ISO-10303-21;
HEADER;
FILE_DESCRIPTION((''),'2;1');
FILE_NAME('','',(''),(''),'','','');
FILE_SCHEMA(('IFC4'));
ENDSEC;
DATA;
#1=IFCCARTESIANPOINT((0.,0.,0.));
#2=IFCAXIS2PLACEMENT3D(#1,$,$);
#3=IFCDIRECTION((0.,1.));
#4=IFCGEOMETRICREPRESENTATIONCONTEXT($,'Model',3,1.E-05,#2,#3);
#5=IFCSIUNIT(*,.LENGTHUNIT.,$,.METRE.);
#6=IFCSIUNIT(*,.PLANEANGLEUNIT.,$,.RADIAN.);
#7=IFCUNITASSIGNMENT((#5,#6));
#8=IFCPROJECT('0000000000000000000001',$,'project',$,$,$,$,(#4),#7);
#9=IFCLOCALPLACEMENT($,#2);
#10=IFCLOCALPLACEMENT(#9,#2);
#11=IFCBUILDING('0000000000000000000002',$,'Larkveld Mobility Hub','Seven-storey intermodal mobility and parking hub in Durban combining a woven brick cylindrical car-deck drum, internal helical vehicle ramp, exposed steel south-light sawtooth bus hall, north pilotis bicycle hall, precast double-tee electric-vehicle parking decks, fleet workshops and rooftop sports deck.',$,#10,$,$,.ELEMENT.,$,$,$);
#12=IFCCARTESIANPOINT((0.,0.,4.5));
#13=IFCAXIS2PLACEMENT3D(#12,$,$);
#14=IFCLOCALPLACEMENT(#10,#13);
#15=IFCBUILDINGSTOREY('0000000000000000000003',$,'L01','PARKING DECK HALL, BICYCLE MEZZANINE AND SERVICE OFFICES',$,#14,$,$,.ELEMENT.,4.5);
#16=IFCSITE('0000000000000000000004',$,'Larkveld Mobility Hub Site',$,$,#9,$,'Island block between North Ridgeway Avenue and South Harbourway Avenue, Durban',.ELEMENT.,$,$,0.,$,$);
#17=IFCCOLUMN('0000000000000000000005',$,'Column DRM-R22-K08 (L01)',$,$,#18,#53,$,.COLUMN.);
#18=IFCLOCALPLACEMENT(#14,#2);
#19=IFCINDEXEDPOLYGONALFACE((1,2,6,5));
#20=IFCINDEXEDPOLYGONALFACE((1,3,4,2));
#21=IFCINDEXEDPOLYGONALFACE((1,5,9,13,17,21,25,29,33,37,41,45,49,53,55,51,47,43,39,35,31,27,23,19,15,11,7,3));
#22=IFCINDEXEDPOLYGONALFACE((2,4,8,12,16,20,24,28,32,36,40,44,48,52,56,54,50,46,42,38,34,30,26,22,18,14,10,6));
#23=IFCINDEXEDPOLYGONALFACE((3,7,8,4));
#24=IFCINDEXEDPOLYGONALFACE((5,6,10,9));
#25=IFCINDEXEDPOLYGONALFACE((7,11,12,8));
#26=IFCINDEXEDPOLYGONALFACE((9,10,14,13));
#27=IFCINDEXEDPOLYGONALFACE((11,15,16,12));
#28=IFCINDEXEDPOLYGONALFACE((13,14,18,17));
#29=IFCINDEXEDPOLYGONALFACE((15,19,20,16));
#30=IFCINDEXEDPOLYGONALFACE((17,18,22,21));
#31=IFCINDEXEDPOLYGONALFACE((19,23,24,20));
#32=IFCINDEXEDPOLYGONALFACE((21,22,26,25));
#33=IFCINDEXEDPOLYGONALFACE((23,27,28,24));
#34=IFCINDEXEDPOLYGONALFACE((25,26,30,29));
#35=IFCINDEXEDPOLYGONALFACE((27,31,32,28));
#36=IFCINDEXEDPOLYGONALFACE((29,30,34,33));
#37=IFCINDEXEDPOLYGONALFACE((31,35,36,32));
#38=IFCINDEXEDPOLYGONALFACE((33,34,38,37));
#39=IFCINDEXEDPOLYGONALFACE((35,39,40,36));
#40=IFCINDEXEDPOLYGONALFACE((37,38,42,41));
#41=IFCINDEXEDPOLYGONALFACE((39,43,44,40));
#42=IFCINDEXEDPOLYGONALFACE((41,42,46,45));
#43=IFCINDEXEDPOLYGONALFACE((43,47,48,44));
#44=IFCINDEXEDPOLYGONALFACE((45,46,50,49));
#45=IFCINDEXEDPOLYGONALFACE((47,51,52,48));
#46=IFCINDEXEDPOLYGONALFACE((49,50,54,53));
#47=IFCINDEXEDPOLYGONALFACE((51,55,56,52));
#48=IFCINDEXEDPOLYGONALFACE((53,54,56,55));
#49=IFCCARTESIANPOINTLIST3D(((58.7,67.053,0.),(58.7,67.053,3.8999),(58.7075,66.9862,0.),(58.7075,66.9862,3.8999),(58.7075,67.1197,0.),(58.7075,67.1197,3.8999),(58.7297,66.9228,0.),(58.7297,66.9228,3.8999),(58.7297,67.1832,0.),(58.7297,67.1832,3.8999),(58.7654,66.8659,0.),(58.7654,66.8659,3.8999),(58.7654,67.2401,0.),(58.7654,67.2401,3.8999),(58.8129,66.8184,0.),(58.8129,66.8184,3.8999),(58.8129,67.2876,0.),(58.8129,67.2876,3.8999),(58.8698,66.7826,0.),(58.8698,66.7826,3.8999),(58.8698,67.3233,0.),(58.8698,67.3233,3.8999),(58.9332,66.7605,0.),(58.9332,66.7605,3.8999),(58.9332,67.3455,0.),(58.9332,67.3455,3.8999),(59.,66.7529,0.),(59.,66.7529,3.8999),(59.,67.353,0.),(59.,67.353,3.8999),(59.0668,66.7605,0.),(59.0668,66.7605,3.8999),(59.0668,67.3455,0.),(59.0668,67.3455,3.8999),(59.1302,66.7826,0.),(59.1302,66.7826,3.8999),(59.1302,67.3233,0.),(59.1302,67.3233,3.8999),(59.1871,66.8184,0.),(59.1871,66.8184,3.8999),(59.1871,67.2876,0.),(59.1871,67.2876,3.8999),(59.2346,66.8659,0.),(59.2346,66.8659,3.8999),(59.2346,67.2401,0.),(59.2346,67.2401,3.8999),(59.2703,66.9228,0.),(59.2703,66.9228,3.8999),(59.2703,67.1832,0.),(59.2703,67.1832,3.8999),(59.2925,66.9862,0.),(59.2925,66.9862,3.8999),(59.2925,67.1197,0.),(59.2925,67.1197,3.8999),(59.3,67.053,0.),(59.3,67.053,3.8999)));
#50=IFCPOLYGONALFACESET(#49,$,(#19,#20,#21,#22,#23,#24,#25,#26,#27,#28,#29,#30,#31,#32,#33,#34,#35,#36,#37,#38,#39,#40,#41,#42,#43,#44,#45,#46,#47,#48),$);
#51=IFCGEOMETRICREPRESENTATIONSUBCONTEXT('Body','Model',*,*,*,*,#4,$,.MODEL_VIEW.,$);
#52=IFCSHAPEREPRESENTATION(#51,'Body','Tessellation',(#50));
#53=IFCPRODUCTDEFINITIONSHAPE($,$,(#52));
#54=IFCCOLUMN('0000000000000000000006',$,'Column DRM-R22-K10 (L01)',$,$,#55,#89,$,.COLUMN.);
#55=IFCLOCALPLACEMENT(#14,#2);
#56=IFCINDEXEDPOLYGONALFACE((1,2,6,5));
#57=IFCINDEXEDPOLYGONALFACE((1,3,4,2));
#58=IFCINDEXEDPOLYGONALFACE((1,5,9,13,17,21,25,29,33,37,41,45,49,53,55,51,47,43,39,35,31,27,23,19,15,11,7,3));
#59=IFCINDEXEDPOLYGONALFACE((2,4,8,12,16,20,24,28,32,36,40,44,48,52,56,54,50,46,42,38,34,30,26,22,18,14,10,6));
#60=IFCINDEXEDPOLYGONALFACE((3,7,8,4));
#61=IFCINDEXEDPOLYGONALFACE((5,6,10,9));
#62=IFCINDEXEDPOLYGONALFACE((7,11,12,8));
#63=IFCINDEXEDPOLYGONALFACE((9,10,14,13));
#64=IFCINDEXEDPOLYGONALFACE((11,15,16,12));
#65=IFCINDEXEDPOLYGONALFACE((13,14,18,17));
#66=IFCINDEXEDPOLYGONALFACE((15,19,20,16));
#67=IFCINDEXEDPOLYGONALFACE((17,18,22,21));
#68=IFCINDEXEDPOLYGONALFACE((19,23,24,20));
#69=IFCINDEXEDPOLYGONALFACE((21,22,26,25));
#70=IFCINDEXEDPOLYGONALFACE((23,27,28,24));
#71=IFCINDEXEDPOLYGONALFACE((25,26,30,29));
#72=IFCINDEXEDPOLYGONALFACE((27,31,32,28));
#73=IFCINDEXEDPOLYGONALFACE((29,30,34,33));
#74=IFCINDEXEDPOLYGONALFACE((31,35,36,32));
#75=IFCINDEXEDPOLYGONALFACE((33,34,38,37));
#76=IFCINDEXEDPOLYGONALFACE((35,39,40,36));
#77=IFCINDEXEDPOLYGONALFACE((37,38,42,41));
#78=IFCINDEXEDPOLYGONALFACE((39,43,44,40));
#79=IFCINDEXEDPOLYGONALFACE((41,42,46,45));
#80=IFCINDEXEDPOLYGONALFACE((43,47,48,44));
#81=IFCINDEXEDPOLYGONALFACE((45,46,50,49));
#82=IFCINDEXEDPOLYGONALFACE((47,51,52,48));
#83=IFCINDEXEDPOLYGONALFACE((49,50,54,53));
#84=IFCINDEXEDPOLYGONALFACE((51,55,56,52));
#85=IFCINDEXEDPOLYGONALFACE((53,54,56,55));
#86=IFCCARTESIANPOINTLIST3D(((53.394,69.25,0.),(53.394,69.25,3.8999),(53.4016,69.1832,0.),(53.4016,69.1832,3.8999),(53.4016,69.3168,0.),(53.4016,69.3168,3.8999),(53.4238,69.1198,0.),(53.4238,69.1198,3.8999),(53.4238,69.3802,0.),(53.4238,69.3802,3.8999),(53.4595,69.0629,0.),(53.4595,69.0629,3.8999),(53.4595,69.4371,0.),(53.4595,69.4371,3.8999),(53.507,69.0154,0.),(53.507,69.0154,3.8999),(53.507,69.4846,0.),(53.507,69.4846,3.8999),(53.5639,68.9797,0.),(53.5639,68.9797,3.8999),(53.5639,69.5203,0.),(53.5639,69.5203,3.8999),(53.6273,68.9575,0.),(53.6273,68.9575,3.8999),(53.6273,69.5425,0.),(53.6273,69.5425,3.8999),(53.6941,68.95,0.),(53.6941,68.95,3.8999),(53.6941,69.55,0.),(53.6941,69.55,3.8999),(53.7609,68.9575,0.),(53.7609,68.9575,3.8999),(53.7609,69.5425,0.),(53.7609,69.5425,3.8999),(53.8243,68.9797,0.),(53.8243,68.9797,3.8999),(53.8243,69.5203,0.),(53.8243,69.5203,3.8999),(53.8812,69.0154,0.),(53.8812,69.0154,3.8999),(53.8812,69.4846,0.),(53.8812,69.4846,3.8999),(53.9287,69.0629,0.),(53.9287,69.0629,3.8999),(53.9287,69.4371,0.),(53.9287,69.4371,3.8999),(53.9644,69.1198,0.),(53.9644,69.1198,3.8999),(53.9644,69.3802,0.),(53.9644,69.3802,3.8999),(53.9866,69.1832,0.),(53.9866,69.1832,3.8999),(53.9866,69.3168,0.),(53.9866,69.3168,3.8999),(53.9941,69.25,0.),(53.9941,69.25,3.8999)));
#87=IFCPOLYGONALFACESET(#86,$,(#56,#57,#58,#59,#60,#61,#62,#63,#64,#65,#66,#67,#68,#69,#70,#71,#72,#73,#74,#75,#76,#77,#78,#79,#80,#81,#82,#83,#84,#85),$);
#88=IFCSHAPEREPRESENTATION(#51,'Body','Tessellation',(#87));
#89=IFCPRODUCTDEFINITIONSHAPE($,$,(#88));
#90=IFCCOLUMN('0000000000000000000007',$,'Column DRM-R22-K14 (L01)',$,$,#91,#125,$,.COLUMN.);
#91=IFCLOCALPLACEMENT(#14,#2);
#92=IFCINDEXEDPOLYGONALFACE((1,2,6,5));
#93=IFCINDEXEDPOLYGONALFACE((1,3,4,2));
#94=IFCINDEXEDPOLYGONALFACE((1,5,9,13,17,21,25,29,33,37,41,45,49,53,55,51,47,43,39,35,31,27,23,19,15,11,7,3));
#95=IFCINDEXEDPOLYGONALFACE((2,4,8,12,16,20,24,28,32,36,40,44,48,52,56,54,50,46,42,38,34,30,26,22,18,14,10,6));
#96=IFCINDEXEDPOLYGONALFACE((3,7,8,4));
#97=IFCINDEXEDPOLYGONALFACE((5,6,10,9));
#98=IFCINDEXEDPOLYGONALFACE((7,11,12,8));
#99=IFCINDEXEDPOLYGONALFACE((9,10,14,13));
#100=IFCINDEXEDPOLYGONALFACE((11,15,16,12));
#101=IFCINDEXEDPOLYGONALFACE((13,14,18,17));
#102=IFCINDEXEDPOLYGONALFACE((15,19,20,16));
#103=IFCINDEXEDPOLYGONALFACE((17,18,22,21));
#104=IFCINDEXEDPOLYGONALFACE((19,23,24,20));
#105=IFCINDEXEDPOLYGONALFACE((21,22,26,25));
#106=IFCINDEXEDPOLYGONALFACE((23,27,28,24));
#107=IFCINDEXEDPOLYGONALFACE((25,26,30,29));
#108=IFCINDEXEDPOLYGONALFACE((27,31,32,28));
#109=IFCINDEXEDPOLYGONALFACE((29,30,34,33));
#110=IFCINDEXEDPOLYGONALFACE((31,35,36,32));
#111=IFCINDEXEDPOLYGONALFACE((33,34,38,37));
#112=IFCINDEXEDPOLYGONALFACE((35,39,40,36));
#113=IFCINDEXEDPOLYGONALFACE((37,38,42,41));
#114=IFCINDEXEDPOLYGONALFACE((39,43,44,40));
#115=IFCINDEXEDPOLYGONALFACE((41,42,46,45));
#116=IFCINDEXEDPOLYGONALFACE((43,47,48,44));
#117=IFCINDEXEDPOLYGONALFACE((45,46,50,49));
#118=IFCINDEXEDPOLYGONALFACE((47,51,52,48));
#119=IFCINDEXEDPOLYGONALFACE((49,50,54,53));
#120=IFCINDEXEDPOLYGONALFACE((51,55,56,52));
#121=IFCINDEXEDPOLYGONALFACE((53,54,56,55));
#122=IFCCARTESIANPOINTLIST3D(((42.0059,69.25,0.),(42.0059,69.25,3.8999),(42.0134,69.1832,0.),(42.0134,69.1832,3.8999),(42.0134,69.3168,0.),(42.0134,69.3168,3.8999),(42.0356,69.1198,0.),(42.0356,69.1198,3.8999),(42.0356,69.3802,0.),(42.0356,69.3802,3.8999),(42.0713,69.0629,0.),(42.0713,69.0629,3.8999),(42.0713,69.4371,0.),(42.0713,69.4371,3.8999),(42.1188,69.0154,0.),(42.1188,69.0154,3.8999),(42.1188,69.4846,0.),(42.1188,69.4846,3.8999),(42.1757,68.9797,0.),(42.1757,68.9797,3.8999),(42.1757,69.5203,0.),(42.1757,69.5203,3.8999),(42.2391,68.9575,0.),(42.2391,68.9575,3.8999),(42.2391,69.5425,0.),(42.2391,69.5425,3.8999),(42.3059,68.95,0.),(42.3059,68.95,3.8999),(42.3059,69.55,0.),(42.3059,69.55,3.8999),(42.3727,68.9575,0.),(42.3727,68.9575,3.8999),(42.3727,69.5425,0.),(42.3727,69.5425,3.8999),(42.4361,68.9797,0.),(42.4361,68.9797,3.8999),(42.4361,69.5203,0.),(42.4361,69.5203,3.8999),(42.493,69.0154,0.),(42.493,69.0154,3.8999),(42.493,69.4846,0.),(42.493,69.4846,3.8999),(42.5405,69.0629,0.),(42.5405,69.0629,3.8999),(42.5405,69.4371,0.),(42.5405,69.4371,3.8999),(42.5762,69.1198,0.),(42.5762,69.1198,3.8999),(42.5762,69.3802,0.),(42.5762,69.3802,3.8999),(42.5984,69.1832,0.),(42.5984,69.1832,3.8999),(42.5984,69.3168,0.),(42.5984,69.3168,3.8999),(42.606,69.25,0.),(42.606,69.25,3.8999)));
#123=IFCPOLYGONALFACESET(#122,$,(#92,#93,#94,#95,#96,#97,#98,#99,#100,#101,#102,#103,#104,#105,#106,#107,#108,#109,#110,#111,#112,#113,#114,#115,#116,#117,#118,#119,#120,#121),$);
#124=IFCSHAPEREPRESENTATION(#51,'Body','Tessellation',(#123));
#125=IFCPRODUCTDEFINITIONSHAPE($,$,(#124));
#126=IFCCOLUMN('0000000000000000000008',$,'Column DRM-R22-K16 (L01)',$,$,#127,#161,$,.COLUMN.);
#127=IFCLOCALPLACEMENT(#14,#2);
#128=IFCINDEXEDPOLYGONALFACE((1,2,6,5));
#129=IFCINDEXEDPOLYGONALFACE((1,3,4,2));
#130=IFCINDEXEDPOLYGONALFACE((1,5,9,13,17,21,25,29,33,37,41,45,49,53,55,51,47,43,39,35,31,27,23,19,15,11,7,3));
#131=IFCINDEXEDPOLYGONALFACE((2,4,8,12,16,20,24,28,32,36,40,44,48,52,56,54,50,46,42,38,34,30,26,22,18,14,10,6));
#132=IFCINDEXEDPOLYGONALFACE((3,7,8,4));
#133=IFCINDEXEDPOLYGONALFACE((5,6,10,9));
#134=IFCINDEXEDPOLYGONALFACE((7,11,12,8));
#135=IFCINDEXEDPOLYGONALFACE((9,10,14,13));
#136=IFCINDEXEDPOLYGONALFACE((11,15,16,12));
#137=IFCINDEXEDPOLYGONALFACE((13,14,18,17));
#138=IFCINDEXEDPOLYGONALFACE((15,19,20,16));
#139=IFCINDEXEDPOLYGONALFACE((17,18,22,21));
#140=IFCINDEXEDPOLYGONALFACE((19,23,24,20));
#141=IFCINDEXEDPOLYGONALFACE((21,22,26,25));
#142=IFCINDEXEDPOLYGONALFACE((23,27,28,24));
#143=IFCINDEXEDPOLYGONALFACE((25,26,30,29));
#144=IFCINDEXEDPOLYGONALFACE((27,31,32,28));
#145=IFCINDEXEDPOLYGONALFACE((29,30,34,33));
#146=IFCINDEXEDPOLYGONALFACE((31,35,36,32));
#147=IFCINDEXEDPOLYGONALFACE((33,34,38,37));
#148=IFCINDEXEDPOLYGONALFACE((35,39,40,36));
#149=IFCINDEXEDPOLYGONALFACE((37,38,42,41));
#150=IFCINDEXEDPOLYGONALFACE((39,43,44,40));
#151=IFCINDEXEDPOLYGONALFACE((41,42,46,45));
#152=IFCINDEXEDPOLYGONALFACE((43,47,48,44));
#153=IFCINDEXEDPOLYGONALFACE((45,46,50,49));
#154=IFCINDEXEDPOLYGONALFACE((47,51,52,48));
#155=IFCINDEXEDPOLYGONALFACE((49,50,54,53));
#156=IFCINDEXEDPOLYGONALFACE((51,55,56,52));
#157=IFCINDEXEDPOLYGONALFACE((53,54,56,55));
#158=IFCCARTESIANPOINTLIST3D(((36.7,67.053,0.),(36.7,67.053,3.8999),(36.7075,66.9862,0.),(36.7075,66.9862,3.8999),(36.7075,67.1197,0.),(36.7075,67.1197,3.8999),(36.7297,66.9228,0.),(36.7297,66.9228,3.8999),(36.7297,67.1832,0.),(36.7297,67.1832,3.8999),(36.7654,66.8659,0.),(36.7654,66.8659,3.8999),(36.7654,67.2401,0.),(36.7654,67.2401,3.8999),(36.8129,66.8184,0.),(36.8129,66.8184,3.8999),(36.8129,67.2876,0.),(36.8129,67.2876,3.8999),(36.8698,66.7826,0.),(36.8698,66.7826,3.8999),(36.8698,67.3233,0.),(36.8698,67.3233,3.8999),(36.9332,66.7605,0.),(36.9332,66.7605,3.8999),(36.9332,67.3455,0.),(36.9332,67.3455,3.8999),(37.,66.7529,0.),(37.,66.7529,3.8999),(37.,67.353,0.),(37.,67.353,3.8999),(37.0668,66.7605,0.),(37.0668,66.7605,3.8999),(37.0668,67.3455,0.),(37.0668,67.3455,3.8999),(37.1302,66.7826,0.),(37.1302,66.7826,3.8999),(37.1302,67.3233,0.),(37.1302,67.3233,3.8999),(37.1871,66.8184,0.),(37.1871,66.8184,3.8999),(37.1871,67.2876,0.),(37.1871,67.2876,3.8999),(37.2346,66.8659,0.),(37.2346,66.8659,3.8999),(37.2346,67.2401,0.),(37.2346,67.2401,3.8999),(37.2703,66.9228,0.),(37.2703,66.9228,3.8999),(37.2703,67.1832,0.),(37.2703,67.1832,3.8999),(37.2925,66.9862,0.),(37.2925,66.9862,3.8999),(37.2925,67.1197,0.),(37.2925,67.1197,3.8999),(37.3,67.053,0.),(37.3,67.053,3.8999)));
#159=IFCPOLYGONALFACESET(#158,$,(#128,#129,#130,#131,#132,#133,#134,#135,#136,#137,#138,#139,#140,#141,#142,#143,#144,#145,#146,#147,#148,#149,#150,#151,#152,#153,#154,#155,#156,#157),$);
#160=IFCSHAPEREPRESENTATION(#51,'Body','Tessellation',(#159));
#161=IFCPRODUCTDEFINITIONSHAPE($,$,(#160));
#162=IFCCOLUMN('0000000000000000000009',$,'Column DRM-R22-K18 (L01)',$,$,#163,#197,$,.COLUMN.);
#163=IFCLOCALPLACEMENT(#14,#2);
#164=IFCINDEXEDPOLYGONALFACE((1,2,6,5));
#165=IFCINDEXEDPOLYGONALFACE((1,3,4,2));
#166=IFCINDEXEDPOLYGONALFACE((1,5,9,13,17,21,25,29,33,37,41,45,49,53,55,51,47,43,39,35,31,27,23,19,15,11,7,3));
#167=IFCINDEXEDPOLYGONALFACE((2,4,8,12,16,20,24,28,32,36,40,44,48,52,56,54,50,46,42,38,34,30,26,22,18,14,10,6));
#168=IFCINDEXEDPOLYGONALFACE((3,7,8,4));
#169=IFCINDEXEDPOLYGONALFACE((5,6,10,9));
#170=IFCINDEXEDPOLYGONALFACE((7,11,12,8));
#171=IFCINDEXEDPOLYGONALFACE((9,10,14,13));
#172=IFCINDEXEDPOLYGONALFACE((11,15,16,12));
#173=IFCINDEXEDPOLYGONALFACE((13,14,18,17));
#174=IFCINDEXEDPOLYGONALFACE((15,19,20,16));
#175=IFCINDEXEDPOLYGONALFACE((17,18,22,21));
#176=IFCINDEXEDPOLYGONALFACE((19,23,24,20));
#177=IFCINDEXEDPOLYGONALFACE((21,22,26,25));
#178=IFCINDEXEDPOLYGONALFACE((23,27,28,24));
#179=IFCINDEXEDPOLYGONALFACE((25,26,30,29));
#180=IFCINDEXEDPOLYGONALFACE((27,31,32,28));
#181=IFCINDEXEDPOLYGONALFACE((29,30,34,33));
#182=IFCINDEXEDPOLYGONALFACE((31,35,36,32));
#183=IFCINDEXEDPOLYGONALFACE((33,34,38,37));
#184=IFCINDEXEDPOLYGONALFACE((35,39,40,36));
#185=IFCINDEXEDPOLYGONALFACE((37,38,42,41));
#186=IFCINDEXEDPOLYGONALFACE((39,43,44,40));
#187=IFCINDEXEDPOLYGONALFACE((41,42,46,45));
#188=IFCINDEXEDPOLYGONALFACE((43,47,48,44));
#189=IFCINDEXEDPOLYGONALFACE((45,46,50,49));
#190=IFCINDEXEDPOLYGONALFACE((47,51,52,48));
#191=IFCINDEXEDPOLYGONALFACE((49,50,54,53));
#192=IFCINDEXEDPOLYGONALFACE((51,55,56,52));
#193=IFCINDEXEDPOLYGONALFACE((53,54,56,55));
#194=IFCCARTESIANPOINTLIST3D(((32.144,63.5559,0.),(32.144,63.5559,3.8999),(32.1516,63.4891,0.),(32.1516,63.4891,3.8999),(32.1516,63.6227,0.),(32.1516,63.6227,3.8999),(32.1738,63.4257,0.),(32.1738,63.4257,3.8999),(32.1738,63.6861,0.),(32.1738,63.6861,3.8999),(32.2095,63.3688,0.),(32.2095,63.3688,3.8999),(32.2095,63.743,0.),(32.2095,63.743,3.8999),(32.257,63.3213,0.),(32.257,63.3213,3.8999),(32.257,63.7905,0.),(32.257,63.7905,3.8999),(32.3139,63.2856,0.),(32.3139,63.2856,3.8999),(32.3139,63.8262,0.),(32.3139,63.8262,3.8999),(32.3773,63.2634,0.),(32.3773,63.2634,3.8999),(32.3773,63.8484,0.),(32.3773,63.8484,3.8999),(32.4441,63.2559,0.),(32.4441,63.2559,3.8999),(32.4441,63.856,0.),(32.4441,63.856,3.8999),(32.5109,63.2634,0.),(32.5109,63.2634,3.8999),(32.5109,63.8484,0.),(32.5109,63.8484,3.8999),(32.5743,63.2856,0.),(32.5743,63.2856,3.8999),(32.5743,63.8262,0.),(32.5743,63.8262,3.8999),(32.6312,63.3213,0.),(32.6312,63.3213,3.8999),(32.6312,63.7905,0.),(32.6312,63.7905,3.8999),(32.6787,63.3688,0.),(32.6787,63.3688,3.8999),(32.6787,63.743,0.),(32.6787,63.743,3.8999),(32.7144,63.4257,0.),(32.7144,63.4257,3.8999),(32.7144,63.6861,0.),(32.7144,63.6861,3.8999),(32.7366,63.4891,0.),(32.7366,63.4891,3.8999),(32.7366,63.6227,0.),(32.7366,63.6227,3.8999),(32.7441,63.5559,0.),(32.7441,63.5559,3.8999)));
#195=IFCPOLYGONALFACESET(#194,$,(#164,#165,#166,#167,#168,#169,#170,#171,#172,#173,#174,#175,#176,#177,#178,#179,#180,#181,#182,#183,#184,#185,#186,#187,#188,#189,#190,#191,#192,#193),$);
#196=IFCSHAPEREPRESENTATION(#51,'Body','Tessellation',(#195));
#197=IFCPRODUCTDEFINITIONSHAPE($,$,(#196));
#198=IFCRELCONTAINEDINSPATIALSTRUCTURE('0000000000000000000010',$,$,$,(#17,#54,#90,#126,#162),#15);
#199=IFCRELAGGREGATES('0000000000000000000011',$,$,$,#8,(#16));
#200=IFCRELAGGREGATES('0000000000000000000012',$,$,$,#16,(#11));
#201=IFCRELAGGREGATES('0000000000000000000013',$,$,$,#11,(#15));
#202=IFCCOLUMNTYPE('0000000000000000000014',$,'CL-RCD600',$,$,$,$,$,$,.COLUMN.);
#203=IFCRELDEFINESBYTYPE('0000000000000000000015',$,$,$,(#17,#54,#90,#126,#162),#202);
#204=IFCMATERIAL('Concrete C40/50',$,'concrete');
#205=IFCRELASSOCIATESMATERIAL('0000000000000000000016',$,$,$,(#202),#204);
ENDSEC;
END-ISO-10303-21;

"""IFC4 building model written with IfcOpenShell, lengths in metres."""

from ifc_helpers import new_model, si_unit, direction, frame, origin, origin_2d, place, context, subcontext, project, spatial, circle, extrude, material, material_profile, profile_set, type_object, element, save


model = new_model("IFC4")

# Units and contexts
model_context = context("Model", 3, precision=1e-05, world=origin(), true_north=direction((0.0, 1.0)))
body_context = subcontext(model_context, "Body", "Model", "MODEL_VIEW")
ifc_project = project(units=[si_unit("LENGTHUNIT", "METRE"), si_unit("PLANEANGLEUNIT", "RADIAN")], contexts=[model_context])

# Site, building, storey
site_placement = place(None, origin())
site = spatial("IfcSite", under=ifc_project, at=site_placement, Name="Larkveld Mobility Hub Site", LongName="Island block between North Ridgeway Avenue and South Harbourway Avenue, Durban", CompositionType="ELEMENT", RefElevation=0.0)
building_placement = place(site_placement, origin())
building = spatial("IfcBuilding", under=site, at=building_placement, Name="Larkveld Mobility Hub", Description="Seven-storey intermodal mobility and parking hub in Durban combining a woven brick cylindrical car-deck drum, internal helical vehicle ramp, exposed steel south-light sawtooth bus hall, north pilotis bicycle hall, precast double-tee electric-vehicle parking decks, fleet workshops and rooftop sports deck.", CompositionType="ELEMENT")
storey_placement = place(building_placement, frame((0.0, 0.0, 4.5)))
storey = spatial("IfcBuildingStorey", under=building, at=storey_placement, Name="L01", Description="PARKING DECK HALL, BICYCLE MEZZANINE AND SERVICE OFFICES", CompositionType="ELEMENT", Elevation=4.5)

# Columns
ifc_material_1 = material(Name="Concrete C40/50", Category="concrete")
ifc_material_profile_1 = material_profile(ifc_material_1, circle(Radius=0.3, at=origin_2d()), Name="RC COL D600")
ifc_profile_set_1 = profile_set([ifc_material_profile_1], Name="Concrete C40/50")
column_type_1 = type_object("IfcColumnType", Name="CL-RCD600", PredefinedType="COLUMN", material=ifc_profile_set_1)
for number, where, z_axis, x_axis, name in (
    (1, (59.0, 67.053, 0.0), (0.0, 0.0, 1.0), (1.0, 0.0, 0.0), "Column DRM-R22-K08 (L01)"),
    (2, (53.6941, 69.25, 0.0), (0.0, 0.0, 1.0), (1.0, 0.0, 0.0), "Column DRM-R22-K10 (L01)"),
    (3, (42.3059, 69.25, 0.0), (0.0, 0.0, 1.0), (1.0, 0.0, 0.0), "Column DRM-R22-K14 (L01)"),
    (4, (37.0, 67.053, 0.0), (0.0, 0.0, 1.0), (1.0, 0.0, 0.0), "Column DRM-R22-K16 (L01)"),
    (5, (32.4441, 63.5559, 0.0), (0.0, 0.0, 1.0), (1.0, 0.0, 0.0), "Column DRM-R22-K18 (L01)"),
):
    element("IfcColumn", number, at=place(storey_placement, frame(where, z_axis=z_axis, x_axis=x_axis)), inside=storey, type_object=column_type_1, Name=name, PredefinedType="COLUMN", context=body_context, shape_type="SweptSolid", body=[
        extrude(circle(Radius=0.3, at=origin_2d()), origin(), (0.0, 0.0, 1.0), 3.8999),
    ])

save(model, "model.ifc")
